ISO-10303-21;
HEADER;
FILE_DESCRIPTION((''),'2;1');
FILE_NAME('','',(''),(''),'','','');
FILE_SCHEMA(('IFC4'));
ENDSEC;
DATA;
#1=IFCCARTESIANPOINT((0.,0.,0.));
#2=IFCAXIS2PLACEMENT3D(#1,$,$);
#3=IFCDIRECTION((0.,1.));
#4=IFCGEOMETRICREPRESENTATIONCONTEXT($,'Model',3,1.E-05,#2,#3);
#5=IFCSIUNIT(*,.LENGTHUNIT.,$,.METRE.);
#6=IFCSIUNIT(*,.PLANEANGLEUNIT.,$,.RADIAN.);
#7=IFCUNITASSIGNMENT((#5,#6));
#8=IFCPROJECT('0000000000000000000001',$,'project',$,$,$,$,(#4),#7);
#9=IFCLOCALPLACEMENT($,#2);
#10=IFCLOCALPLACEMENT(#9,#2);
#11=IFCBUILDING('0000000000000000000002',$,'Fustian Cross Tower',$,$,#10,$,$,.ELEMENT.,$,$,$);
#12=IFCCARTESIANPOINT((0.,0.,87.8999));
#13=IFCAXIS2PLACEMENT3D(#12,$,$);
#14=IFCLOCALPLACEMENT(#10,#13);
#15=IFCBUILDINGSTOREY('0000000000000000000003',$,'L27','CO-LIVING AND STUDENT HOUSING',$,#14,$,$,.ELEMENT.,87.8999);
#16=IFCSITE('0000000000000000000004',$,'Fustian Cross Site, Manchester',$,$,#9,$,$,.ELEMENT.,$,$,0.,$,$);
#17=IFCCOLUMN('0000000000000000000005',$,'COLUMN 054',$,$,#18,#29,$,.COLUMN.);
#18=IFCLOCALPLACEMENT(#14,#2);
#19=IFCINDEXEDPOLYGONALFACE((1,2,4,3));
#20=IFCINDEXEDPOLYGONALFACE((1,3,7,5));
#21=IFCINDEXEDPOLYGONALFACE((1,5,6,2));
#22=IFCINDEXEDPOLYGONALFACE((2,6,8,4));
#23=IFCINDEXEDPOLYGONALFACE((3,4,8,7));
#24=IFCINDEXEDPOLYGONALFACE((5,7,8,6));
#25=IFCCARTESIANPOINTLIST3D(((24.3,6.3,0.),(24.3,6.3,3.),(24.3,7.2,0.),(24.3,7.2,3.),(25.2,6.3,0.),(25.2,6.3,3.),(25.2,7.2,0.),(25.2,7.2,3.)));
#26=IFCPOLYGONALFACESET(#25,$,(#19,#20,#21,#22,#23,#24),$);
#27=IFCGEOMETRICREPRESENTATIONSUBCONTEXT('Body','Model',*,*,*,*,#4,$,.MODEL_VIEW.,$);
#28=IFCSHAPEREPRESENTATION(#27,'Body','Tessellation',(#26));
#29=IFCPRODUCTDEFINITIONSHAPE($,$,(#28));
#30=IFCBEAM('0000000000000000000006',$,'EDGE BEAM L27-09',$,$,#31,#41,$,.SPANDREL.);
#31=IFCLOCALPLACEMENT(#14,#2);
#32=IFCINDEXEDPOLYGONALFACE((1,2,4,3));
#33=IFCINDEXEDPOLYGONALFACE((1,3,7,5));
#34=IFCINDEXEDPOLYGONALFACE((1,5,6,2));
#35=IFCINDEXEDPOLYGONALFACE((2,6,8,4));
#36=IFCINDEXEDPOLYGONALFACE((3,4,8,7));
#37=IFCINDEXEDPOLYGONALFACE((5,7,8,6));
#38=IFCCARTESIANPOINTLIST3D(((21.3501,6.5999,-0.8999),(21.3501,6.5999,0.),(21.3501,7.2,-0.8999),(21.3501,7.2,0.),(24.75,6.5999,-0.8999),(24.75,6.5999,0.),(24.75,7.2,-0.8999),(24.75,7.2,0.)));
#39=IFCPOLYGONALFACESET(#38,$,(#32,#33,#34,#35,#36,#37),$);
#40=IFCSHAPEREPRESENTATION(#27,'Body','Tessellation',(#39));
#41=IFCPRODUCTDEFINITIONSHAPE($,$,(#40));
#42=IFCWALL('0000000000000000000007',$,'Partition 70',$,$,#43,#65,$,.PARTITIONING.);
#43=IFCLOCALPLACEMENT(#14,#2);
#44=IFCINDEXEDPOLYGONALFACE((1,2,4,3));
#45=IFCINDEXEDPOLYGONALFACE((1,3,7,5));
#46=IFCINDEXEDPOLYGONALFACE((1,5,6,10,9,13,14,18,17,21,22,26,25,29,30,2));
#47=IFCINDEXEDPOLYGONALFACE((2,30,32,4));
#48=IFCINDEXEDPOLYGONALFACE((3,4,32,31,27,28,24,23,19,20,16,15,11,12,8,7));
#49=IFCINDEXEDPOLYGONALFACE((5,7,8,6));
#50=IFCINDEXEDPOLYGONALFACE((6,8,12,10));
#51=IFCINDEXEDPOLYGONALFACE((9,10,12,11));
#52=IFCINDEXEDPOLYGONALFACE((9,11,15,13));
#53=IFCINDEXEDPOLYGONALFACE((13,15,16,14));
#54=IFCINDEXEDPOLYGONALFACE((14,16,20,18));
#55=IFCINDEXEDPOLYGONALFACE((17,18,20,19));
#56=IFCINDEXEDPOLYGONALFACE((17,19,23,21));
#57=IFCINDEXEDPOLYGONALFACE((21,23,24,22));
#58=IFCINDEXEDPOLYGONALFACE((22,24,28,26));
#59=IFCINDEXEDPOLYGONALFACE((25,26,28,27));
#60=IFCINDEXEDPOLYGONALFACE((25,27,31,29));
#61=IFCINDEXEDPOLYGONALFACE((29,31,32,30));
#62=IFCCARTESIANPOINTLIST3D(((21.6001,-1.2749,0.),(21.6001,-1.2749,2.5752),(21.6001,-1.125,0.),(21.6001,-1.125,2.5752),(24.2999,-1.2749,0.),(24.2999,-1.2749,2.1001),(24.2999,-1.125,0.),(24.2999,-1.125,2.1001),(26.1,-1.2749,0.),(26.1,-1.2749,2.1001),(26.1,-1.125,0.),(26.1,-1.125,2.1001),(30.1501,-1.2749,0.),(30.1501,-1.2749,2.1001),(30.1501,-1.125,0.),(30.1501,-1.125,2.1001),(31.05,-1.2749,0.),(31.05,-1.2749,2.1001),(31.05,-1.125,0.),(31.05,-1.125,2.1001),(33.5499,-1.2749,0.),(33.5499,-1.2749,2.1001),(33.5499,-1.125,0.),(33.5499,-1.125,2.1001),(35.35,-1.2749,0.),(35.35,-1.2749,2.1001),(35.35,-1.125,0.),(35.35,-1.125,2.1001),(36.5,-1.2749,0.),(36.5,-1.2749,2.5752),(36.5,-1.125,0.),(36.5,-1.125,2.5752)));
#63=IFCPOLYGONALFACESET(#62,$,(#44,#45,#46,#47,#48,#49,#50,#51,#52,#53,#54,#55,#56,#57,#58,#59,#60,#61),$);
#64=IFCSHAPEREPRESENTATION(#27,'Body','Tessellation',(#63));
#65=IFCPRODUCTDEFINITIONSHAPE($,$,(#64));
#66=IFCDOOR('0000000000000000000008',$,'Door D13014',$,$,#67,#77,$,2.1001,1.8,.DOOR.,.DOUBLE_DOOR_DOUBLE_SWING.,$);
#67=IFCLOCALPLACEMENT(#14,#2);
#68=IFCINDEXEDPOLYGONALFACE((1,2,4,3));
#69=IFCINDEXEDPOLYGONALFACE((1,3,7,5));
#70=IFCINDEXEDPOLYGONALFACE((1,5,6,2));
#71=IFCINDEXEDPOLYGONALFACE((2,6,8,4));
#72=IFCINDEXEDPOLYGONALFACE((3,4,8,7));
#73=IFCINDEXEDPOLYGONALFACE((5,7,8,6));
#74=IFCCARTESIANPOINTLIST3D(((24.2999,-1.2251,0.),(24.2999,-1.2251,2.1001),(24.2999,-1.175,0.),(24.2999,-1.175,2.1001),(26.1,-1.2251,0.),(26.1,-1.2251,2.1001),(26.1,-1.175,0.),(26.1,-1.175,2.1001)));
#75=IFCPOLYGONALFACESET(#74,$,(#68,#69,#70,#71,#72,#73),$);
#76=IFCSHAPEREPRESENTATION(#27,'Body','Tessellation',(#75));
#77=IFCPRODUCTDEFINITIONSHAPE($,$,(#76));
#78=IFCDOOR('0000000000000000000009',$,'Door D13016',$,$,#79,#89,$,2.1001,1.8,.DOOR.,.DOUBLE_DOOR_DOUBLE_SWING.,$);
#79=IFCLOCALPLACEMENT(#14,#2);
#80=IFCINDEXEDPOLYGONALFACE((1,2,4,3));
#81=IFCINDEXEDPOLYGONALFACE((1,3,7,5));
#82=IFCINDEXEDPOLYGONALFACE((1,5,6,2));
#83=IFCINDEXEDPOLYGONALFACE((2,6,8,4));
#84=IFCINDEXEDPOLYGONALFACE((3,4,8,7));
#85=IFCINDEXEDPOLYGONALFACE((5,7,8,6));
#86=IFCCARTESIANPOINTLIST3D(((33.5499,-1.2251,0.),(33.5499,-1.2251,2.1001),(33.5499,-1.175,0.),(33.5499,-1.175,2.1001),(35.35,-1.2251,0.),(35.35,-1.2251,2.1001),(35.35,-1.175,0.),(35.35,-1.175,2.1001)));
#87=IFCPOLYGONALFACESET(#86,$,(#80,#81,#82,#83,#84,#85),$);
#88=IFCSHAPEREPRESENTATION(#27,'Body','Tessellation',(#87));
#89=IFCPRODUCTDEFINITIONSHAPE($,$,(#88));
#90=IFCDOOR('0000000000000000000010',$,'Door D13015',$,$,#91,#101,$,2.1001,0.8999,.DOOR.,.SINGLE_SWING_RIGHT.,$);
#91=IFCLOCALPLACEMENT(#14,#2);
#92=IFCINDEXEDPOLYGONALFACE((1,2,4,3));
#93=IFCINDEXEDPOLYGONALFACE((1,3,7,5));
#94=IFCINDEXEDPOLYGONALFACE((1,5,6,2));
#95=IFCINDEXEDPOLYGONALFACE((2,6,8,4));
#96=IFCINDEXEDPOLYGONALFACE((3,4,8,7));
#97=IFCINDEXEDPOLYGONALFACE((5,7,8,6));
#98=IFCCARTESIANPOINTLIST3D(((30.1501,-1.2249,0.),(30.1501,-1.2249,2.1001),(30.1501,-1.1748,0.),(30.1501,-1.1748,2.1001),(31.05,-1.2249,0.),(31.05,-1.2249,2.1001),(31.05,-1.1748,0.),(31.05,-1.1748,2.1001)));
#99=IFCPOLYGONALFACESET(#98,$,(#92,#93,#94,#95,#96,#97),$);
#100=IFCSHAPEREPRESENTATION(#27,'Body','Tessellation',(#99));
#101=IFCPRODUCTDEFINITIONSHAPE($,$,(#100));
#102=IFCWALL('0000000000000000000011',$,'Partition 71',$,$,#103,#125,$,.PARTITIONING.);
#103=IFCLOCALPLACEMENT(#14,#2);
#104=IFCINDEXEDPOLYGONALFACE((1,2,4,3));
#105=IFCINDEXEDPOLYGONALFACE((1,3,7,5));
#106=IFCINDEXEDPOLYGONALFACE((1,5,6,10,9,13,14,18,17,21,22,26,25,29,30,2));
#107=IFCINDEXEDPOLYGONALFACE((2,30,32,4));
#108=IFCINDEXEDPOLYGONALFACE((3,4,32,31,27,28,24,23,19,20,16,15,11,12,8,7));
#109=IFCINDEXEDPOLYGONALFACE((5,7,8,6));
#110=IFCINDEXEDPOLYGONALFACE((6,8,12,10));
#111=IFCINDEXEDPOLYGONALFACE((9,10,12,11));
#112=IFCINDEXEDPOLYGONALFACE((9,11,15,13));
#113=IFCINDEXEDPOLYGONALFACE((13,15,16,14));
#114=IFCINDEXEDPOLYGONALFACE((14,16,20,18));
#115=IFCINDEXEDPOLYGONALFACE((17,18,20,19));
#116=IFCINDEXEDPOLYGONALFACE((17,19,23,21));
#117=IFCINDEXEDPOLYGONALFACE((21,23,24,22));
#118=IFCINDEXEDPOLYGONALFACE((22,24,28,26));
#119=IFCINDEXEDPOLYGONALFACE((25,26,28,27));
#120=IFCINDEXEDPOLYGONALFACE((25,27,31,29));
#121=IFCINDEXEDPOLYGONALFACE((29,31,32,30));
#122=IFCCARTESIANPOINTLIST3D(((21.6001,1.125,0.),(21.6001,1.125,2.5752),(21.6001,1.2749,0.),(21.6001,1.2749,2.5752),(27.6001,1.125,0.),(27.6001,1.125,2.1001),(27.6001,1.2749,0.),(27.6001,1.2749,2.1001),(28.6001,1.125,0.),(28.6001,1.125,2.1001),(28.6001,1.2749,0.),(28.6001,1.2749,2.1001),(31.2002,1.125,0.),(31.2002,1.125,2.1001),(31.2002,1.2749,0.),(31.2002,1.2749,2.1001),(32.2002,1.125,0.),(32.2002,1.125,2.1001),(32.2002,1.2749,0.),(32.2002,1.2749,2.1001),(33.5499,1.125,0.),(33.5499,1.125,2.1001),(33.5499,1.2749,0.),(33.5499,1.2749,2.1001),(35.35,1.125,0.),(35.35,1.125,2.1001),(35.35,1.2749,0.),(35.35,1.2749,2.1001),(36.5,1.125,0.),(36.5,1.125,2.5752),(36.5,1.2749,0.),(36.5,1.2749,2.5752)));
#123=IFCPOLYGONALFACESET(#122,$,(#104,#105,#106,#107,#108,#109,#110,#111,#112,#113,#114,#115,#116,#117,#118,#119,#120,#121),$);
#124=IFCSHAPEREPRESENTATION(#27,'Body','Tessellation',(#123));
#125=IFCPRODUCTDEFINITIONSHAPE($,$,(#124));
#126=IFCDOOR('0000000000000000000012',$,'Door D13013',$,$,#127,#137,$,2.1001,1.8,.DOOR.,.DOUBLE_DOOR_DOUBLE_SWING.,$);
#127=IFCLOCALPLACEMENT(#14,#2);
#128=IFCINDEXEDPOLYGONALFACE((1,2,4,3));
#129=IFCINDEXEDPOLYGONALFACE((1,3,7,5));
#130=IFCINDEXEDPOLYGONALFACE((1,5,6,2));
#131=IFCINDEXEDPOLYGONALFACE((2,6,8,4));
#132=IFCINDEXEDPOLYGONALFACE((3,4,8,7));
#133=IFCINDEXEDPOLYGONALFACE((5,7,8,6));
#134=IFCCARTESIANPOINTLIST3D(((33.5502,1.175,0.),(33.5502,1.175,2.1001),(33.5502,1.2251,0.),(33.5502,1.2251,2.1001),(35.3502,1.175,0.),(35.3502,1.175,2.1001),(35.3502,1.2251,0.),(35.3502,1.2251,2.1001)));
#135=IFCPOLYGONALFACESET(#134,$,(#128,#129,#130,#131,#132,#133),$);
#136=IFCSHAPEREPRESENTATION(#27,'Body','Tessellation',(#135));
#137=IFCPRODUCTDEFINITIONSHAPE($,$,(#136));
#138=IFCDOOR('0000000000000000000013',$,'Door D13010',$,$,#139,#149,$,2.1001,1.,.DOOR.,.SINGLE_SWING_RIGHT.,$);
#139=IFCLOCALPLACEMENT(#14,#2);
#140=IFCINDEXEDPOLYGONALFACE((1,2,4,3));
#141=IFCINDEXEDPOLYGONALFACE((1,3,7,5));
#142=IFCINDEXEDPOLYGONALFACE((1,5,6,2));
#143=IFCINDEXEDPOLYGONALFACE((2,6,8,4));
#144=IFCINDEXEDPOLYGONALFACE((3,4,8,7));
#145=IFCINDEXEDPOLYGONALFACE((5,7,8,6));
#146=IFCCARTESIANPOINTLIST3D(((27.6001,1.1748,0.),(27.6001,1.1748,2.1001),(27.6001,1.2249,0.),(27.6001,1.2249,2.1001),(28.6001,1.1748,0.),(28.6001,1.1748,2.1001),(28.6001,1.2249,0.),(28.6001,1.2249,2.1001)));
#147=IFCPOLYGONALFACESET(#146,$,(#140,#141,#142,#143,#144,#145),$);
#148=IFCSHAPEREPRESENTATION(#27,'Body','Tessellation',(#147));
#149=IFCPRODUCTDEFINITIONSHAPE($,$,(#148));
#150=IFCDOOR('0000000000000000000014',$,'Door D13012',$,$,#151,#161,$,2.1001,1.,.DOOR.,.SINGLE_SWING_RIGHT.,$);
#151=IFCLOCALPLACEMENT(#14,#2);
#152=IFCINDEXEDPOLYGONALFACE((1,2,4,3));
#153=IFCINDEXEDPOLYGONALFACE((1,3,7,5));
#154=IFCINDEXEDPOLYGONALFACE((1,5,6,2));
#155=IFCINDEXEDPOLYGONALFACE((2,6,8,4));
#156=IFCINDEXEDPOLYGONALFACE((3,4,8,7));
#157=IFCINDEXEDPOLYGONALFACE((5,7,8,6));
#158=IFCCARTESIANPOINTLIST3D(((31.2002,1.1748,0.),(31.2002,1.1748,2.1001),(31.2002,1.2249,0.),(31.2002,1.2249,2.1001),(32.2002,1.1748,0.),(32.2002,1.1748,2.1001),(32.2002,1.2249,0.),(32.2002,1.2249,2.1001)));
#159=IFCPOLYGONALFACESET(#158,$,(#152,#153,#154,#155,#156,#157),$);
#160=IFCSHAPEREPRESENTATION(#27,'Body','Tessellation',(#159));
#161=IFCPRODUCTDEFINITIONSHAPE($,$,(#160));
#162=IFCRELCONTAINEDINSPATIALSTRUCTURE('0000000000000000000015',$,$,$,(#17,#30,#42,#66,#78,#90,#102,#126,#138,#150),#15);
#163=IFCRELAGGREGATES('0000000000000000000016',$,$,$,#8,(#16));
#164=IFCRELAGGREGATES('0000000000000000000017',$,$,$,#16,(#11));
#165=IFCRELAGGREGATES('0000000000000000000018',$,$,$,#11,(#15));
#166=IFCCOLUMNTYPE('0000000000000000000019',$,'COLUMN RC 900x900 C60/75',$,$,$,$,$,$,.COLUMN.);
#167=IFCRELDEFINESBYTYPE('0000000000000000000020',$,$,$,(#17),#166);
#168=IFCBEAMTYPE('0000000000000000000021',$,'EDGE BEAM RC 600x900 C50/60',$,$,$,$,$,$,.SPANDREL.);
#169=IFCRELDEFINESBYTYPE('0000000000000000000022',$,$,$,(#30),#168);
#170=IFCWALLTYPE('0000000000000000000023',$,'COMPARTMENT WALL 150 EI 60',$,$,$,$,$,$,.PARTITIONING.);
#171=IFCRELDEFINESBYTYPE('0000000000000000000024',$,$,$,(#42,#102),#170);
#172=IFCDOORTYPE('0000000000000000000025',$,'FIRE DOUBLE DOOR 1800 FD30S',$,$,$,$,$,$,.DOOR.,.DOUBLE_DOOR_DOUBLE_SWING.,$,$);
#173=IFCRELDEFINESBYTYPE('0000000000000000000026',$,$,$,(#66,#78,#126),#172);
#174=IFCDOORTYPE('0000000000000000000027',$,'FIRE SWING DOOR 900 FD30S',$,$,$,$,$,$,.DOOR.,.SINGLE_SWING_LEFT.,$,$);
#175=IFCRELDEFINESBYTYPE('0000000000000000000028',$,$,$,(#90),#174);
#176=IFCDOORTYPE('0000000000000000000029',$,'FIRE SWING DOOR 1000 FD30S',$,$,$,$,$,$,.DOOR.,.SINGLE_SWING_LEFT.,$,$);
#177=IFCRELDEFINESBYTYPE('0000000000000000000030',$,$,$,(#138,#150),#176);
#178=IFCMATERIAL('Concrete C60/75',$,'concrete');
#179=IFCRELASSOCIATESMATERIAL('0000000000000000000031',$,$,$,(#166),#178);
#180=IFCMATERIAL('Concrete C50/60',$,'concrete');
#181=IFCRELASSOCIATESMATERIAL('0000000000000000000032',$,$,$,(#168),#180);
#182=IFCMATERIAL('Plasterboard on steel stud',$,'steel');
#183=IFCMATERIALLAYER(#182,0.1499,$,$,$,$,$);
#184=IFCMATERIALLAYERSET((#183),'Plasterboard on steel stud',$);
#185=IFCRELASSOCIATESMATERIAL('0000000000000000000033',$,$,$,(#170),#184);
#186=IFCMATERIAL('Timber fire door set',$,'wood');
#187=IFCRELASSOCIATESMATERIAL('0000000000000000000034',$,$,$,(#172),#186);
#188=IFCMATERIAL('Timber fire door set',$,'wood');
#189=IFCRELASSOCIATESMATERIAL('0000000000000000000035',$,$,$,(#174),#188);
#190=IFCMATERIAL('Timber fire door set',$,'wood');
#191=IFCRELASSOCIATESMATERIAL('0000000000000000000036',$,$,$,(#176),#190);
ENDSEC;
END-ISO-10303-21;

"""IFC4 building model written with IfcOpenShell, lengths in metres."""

from ifc_helpers import new_model, si_unit, direction, frame, frame_2d, origin, origin_2d, place, context, subcontext, project, spatial, rectangle, extrude, material, layer, layer_set, material_profile, profile_set, type_object, element, fill, save


model = new_model("IFC4")

# Units and contexts
model_context = context("Model", 3, precision=1e-05, world=origin(), true_north=direction((0.0, 1.0)))
body_context = subcontext(model_context, "Body", "Model", "MODEL_VIEW")
ifc_project = project(units=[si_unit("LENGTHUNIT", "METRE"), si_unit("PLANEANGLEUNIT", "RADIAN")], contexts=[model_context])

# Site, building, storey
site_placement = place(None, origin())
site = spatial("IfcSite", under=ifc_project, at=site_placement, Name="Fustian Cross Site, Manchester", CompositionType="ELEMENT", RefElevation=0.0)
building_placement = place(site_placement, origin())
building = spatial("IfcBuilding", under=site, at=building_placement, Name="Fustian Cross Tower", CompositionType="ELEMENT")
storey_placement = place(building_placement, frame((0.0, 0.0, 87.8999)))
storey = spatial("IfcBuildingStorey", under=building, at=storey_placement, Name="L27", Description="CO-LIVING AND STUDENT HOUSING", CompositionType="ELEMENT", Elevation=87.8999)

# Column
ifc_material_1 = material(Name="Concrete C60/75", Category="concrete")
ifc_material_profile_1 = material_profile(ifc_material_1, rectangle(XDim=0.8999, YDim=0.8999, at=origin_2d()), Name="RC 900x900")
ifc_profile_set_1 = profile_set([ifc_material_profile_1], Name="Concrete C60/75")
column_type = type_object("IfcColumnType", Name="COLUMN RC 900x900 C60/75", PredefinedType="COLUMN", material=ifc_profile_set_1)
column_placement = place(storey_placement, frame((24.75, 6.75, 0.0), z_axis=(0.0, 0.0, 1.0), x_axis=(1.0, 0.0, 0.0)))
element("IfcColumn", 1, at=column_placement, inside=storey, type_object=column_type, Name="COLUMN 054", PredefinedType="COLUMN", context=body_context, shape_type="SweptSolid", body=[
    extrude(rectangle(XDim=0.8999, YDim=0.8999, at=origin_2d()), origin(), (0.0, 0.0, 1.0), 3.0),
])

# Beam
ifc_material_2 = material(Name="Concrete C50/60", Category="concrete")
ifc_material_profile_2 = material_profile(ifc_material_2, rectangle(XDim=0.6001, YDim=0.8999, at=origin_2d()), Name="RC 600x900")
ifc_profile_set_2 = profile_set([ifc_material_profile_2], Name="Concrete C50/60")
beam_type = type_object("IfcBeamType", Name="EDGE BEAM RC 600x900 C50/60", PredefinedType="SPANDREL", material=ifc_profile_set_2)
beam_placement = place(storey_placement, frame((24.75, 6.8999, -0.45), z_axis=(-1.0, 0.0, 0.0), x_axis=(0.0, -1.0, 0.0)))
element("IfcBeam", 2, at=beam_placement, inside=storey, type_object=beam_type, Name="EDGE BEAM L27-09", PredefinedType="SPANDREL", context=body_context, shape_type="SweptSolid", body=[
    extrude(rectangle(XDim=0.6001, YDim=0.8999, at=origin_2d()), origin(), (0.0, 0.0, 1.0), 3.3999),
])

# Walls, openings, doors
ifc_material_3 = material(Name="Plasterboard on steel stud", Category="steel")
ifc_layer_1 = layer(ifc_material_3, 0.1499)
ifc_layer_set_1 = layer_set([ifc_layer_1], Name="Plasterboard on steel stud")
wall_type_1 = type_object("IfcWallType", Name="COMPARTMENT WALL 150 EI 60", PredefinedType="PARTITIONING", material=ifc_layer_set_1)
wall_1_placement = place(storey_placement, frame((21.6001, -1.2, 0.0), z_axis=(0.0, 0.0, 1.0), x_axis=(1.0, 0.0, 0.0)))
wall_1 = element("IfcWall", 3, at=wall_1_placement, inside=storey, type_object=wall_type_1, Name="Partition 70", PredefinedType="PARTITIONING", context=body_context, shape_type="SweptSolid", body=[
    extrude(rectangle(XDim=14.8999, YDim=0.1499, at=frame_2d((7.45, 0.0))), origin(), (0.0, 0.0, 1.0), 2.5752),
])
opening_1_placement = place(wall_1_placement, frame((2.7, 0.0, 0.0)))
opening_1 = element("IfcOpeningElement", 4, at=opening_1_placement, cuts=wall_1, PredefinedType="OPENING", context=body_context, shape_type="SweptSolid", body=[
    extrude(rectangle(XDim=1.8, YDim=2.1001, at=frame_2d((0.8999, 1.05))), frame((0.0, 0.085, 0.0), z_axis=(0.0, -1.0, 0.0), x_axis=(1.0, 0.0, 0.0)), (0.0, 0.0, 1.0), 0.1699),
])
opening_2_placement = place(wall_1_placement, frame((8.55, 0.0, 0.0)))
opening_2 = element("IfcOpeningElement", 5, at=opening_2_placement, cuts=wall_1, PredefinedType="OPENING", context=body_context, shape_type="SweptSolid", body=[
    extrude(rectangle(XDim=0.8999, YDim=2.1001, at=frame_2d((0.45, 1.05))), frame((0.0, 0.085, 0.0), z_axis=(0.0, -1.0, 0.0), x_axis=(1.0, 0.0, 0.0)), (0.0, 0.0, 1.0), 0.1699),
])
opening_3_placement = place(wall_1_placement, frame((11.95, 0.0, 0.0)))
opening_3 = element("IfcOpeningElement", 6, at=opening_3_placement, cuts=wall_1, PredefinedType="OPENING", context=body_context, shape_type="SweptSolid", body=[
    extrude(rectangle(XDim=1.8, YDim=2.1001, at=frame_2d((0.8999, 1.05))), frame((0.0, 0.085, 0.0), z_axis=(0.0, -1.0, 0.0), x_axis=(1.0, 0.0, 0.0)), (0.0, 0.0, 1.0), 0.1699),
])
ifc_material_4 = material(Name="Timber fire door set", Category="wood")
door_type_1 = type_object("IfcDoorType", Name="FIRE DOUBLE DOOR 1800 FD30S", OperationType="DOUBLE_DOOR_DOUBLE_SWING", PredefinedType="DOOR", material=ifc_material_4)
door_1_placement = place(opening_1_placement, origin())
door_1 = element("IfcDoor", 7, at=door_1_placement, inside=storey, type_object=door_type_1, Name="Door D13014", OperationType="DOUBLE_DOOR_DOUBLE_SWING", OverallHeight=2.1001, OverallWidth=1.8, PredefinedType="DOOR", context=body_context, shape_type="SweptSolid", body=[
    extrude(rectangle(XDim=1.8, YDim=2.1001, at=frame_2d((0.8999, 1.05))), frame((0.0, 0.0249, 0.0), z_axis=(0.0, -1.0, 0.0), x_axis=(1.0, 0.0, 0.0)), (0.0, 0.0, 1.0), 0.05),
])
fill(opening_1, door_1)
door_2_placement = place(opening_3_placement, origin())
door_2 = element("IfcDoor", 8, at=door_2_placement, inside=storey, type_object=door_type_1, Name="Door D13016", OperationType="DOUBLE_DOOR_DOUBLE_SWING", OverallHeight=2.1001, OverallWidth=1.8, PredefinedType="DOOR", context=body_context, shape_type="SweptSolid", body=[
    extrude(rectangle(XDim=1.8, YDim=2.1001, at=frame_2d((0.8999, 1.05))), frame((0.0, 0.0249, 0.0), z_axis=(0.0, -1.0, 0.0), x_axis=(1.0, 0.0, 0.0)), (0.0, 0.0, 1.0), 0.05),
])
fill(opening_3, door_2)
ifc_material_5 = material(Name="Timber fire door set", Category="wood")
door_type_2 = type_object("IfcDoorType", Name="FIRE SWING DOOR 900 FD30S", OperationType="SINGLE_SWING_LEFT", PredefinedType="DOOR", material=ifc_material_5)
door_3_placement = place(opening_2_placement, frame((0.8999, 0.0, 0.0), z_axis=(0.0, 0.0, 1.0), x_axis=(-1.0, 0.0, 0.0)))
door_3 = element("IfcDoor", 9, at=door_3_placement, inside=storey, type_object=door_type_2, Name="Door D13015", OperationType="SINGLE_SWING_RIGHT", OverallHeight=2.1001, OverallWidth=0.8999, PredefinedType="DOOR", context=body_context, shape_type="SweptSolid", body=[
    extrude(rectangle(XDim=0.8999, YDim=2.1001, at=frame_2d((0.45, 1.05))), frame((0.0, 0.0249, 0.0), z_axis=(0.0, -1.0, 0.0), x_axis=(1.0, 0.0, 0.0)), (0.0, 0.0, 1.0), 0.05),
])
fill(opening_2, door_3)
wall_2_placement = place(storey_placement, frame((21.6001, 1.2, 0.0), z_axis=(0.0, 0.0, 1.0), x_axis=(1.0, 0.0, 0.0)))
wall_2 = element("IfcWall", 10, at=wall_2_placement, inside=storey, type_object=wall_type_1, Name="Partition 71", PredefinedType="PARTITIONING", context=body_context, shape_type="SweptSolid", body=[
    extrude(rectangle(XDim=14.8999, YDim=0.1499, at=frame_2d((7.45, 0.0))), origin(), (0.0, 0.0, 1.0), 2.5752),
])
opening_4_placement = place(wall_2_placement, frame((6.0, 0.0, 0.0)))
opening_4 = element("IfcOpeningElement", 11, at=opening_4_placement, cuts=wall_2, PredefinedType="OPENING", context=body_context, shape_type="SweptSolid", body=[
    extrude(rectangle(XDim=1.0, YDim=2.1001, at=frame_2d((0.5, 1.05))), frame((0.0, 0.085, 0.0), z_axis=(0.0, -1.0, 0.0), x_axis=(1.0, 0.0, 0.0)), (0.0, 0.0, 1.0), 0.1699),
])
opening_5_placement = place(wall_2_placement, frame((9.6001, 0.0, 0.0)))
opening_5 = element("IfcOpeningElement", 12, at=opening_5_placement, cuts=wall_2, PredefinedType="OPENING", context=body_context, shape_type="SweptSolid", body=[
    extrude(rectangle(XDim=1.0, YDim=2.1001, at=frame_2d((0.5, 1.05))), frame((0.0, 0.085, 0.0), z_axis=(0.0, -1.0, 0.0), x_axis=(1.0, 0.0, 0.0)), (0.0, 0.0, 1.0), 0.1699),
])
opening_6_placement = place(wall_2_placement, frame((11.95, 0.0, 0.0)))
opening_6 = element("IfcOpeningElement", 13, at=opening_6_placement, cuts=wall_2, PredefinedType="OPENING", context=body_context, shape_type="SweptSolid", body=[
    extrude(rectangle(XDim=1.8, YDim=2.1001, at=frame_2d((0.8999, 1.05))), frame((0.0, 0.085, 0.0), z_axis=(0.0, -1.0, 0.0), x_axis=(1.0, 0.0, 0.0)), (0.0, 0.0, 1.0), 0.1699),
])
door_4_placement = place(opening_6_placement, frame((1.8, 0.0, 0.0), z_axis=(0.0, 0.0, 1.0), x_axis=(-1.0, 0.0, 0.0)))
door_4 = element("IfcDoor", 14, at=door_4_placement, inside=storey, type_object=door_type_1, Name="Door D13013", OperationType="DOUBLE_DOOR_DOUBLE_SWING", OverallHeight=2.1001, OverallWidth=1.8, PredefinedType="DOOR", context=body_context, shape_type="SweptSolid", body=[
    extrude(rectangle(XDim=1.8, YDim=2.1001, at=frame_2d((0.8999, 1.05))), frame((0.0, 0.0249, 0.0), z_axis=(0.0, -1.0, 0.0), x_axis=(1.0, 0.0, 0.0)), (0.0, 0.0, 1.0), 0.05),
])
fill(opening_6, door_4)
ifc_material_6 = material(Name="Timber fire door set", Category="wood")
door_type_3 = type_object("IfcDoorType", Name="FIRE SWING DOOR 1000 FD30S", OperationType="SINGLE_SWING_LEFT", PredefinedType="DOOR", material=ifc_material_6)
door_5_placement = place(opening_4_placement, origin())
door_5 = element("IfcDoor", 15, at=door_5_placement, inside=storey, type_object=door_type_3, Name="Door D13010", OperationType="SINGLE_SWING_RIGHT", OverallHeight=2.1001, OverallWidth=1.0, PredefinedType="DOOR", context=body_context, shape_type="SweptSolid", body=[
    extrude(rectangle(XDim=1.0, YDim=2.1001, at=frame_2d((0.5, 1.05))), frame((0.0, 0.0249, 0.0), z_axis=(0.0, -1.0, 0.0), x_axis=(1.0, 0.0, 0.0)), (0.0, 0.0, 1.0), 0.05),
])
fill(opening_4, door_5)
door_6_placement = place(opening_5_placement, origin())
door_6 = element("IfcDoor", 16, at=door_6_placement, inside=storey, type_object=door_type_3, Name="Door D13012", OperationType="SINGLE_SWING_RIGHT", OverallHeight=2.1001, OverallWidth=1.0, PredefinedType="DOOR", context=body_context, shape_type="SweptSolid", body=[
    extrude(rectangle(XDim=1.0, YDim=2.1001, at=frame_2d((0.5, 1.05))), frame((0.0, 0.0249, 0.0), z_axis=(0.0, -1.0, 0.0), x_axis=(1.0, 0.0, 0.0)), (0.0, 0.0, 1.0), 0.05),
])
fill(opening_5, door_6)

save(model, "model.ifc")
